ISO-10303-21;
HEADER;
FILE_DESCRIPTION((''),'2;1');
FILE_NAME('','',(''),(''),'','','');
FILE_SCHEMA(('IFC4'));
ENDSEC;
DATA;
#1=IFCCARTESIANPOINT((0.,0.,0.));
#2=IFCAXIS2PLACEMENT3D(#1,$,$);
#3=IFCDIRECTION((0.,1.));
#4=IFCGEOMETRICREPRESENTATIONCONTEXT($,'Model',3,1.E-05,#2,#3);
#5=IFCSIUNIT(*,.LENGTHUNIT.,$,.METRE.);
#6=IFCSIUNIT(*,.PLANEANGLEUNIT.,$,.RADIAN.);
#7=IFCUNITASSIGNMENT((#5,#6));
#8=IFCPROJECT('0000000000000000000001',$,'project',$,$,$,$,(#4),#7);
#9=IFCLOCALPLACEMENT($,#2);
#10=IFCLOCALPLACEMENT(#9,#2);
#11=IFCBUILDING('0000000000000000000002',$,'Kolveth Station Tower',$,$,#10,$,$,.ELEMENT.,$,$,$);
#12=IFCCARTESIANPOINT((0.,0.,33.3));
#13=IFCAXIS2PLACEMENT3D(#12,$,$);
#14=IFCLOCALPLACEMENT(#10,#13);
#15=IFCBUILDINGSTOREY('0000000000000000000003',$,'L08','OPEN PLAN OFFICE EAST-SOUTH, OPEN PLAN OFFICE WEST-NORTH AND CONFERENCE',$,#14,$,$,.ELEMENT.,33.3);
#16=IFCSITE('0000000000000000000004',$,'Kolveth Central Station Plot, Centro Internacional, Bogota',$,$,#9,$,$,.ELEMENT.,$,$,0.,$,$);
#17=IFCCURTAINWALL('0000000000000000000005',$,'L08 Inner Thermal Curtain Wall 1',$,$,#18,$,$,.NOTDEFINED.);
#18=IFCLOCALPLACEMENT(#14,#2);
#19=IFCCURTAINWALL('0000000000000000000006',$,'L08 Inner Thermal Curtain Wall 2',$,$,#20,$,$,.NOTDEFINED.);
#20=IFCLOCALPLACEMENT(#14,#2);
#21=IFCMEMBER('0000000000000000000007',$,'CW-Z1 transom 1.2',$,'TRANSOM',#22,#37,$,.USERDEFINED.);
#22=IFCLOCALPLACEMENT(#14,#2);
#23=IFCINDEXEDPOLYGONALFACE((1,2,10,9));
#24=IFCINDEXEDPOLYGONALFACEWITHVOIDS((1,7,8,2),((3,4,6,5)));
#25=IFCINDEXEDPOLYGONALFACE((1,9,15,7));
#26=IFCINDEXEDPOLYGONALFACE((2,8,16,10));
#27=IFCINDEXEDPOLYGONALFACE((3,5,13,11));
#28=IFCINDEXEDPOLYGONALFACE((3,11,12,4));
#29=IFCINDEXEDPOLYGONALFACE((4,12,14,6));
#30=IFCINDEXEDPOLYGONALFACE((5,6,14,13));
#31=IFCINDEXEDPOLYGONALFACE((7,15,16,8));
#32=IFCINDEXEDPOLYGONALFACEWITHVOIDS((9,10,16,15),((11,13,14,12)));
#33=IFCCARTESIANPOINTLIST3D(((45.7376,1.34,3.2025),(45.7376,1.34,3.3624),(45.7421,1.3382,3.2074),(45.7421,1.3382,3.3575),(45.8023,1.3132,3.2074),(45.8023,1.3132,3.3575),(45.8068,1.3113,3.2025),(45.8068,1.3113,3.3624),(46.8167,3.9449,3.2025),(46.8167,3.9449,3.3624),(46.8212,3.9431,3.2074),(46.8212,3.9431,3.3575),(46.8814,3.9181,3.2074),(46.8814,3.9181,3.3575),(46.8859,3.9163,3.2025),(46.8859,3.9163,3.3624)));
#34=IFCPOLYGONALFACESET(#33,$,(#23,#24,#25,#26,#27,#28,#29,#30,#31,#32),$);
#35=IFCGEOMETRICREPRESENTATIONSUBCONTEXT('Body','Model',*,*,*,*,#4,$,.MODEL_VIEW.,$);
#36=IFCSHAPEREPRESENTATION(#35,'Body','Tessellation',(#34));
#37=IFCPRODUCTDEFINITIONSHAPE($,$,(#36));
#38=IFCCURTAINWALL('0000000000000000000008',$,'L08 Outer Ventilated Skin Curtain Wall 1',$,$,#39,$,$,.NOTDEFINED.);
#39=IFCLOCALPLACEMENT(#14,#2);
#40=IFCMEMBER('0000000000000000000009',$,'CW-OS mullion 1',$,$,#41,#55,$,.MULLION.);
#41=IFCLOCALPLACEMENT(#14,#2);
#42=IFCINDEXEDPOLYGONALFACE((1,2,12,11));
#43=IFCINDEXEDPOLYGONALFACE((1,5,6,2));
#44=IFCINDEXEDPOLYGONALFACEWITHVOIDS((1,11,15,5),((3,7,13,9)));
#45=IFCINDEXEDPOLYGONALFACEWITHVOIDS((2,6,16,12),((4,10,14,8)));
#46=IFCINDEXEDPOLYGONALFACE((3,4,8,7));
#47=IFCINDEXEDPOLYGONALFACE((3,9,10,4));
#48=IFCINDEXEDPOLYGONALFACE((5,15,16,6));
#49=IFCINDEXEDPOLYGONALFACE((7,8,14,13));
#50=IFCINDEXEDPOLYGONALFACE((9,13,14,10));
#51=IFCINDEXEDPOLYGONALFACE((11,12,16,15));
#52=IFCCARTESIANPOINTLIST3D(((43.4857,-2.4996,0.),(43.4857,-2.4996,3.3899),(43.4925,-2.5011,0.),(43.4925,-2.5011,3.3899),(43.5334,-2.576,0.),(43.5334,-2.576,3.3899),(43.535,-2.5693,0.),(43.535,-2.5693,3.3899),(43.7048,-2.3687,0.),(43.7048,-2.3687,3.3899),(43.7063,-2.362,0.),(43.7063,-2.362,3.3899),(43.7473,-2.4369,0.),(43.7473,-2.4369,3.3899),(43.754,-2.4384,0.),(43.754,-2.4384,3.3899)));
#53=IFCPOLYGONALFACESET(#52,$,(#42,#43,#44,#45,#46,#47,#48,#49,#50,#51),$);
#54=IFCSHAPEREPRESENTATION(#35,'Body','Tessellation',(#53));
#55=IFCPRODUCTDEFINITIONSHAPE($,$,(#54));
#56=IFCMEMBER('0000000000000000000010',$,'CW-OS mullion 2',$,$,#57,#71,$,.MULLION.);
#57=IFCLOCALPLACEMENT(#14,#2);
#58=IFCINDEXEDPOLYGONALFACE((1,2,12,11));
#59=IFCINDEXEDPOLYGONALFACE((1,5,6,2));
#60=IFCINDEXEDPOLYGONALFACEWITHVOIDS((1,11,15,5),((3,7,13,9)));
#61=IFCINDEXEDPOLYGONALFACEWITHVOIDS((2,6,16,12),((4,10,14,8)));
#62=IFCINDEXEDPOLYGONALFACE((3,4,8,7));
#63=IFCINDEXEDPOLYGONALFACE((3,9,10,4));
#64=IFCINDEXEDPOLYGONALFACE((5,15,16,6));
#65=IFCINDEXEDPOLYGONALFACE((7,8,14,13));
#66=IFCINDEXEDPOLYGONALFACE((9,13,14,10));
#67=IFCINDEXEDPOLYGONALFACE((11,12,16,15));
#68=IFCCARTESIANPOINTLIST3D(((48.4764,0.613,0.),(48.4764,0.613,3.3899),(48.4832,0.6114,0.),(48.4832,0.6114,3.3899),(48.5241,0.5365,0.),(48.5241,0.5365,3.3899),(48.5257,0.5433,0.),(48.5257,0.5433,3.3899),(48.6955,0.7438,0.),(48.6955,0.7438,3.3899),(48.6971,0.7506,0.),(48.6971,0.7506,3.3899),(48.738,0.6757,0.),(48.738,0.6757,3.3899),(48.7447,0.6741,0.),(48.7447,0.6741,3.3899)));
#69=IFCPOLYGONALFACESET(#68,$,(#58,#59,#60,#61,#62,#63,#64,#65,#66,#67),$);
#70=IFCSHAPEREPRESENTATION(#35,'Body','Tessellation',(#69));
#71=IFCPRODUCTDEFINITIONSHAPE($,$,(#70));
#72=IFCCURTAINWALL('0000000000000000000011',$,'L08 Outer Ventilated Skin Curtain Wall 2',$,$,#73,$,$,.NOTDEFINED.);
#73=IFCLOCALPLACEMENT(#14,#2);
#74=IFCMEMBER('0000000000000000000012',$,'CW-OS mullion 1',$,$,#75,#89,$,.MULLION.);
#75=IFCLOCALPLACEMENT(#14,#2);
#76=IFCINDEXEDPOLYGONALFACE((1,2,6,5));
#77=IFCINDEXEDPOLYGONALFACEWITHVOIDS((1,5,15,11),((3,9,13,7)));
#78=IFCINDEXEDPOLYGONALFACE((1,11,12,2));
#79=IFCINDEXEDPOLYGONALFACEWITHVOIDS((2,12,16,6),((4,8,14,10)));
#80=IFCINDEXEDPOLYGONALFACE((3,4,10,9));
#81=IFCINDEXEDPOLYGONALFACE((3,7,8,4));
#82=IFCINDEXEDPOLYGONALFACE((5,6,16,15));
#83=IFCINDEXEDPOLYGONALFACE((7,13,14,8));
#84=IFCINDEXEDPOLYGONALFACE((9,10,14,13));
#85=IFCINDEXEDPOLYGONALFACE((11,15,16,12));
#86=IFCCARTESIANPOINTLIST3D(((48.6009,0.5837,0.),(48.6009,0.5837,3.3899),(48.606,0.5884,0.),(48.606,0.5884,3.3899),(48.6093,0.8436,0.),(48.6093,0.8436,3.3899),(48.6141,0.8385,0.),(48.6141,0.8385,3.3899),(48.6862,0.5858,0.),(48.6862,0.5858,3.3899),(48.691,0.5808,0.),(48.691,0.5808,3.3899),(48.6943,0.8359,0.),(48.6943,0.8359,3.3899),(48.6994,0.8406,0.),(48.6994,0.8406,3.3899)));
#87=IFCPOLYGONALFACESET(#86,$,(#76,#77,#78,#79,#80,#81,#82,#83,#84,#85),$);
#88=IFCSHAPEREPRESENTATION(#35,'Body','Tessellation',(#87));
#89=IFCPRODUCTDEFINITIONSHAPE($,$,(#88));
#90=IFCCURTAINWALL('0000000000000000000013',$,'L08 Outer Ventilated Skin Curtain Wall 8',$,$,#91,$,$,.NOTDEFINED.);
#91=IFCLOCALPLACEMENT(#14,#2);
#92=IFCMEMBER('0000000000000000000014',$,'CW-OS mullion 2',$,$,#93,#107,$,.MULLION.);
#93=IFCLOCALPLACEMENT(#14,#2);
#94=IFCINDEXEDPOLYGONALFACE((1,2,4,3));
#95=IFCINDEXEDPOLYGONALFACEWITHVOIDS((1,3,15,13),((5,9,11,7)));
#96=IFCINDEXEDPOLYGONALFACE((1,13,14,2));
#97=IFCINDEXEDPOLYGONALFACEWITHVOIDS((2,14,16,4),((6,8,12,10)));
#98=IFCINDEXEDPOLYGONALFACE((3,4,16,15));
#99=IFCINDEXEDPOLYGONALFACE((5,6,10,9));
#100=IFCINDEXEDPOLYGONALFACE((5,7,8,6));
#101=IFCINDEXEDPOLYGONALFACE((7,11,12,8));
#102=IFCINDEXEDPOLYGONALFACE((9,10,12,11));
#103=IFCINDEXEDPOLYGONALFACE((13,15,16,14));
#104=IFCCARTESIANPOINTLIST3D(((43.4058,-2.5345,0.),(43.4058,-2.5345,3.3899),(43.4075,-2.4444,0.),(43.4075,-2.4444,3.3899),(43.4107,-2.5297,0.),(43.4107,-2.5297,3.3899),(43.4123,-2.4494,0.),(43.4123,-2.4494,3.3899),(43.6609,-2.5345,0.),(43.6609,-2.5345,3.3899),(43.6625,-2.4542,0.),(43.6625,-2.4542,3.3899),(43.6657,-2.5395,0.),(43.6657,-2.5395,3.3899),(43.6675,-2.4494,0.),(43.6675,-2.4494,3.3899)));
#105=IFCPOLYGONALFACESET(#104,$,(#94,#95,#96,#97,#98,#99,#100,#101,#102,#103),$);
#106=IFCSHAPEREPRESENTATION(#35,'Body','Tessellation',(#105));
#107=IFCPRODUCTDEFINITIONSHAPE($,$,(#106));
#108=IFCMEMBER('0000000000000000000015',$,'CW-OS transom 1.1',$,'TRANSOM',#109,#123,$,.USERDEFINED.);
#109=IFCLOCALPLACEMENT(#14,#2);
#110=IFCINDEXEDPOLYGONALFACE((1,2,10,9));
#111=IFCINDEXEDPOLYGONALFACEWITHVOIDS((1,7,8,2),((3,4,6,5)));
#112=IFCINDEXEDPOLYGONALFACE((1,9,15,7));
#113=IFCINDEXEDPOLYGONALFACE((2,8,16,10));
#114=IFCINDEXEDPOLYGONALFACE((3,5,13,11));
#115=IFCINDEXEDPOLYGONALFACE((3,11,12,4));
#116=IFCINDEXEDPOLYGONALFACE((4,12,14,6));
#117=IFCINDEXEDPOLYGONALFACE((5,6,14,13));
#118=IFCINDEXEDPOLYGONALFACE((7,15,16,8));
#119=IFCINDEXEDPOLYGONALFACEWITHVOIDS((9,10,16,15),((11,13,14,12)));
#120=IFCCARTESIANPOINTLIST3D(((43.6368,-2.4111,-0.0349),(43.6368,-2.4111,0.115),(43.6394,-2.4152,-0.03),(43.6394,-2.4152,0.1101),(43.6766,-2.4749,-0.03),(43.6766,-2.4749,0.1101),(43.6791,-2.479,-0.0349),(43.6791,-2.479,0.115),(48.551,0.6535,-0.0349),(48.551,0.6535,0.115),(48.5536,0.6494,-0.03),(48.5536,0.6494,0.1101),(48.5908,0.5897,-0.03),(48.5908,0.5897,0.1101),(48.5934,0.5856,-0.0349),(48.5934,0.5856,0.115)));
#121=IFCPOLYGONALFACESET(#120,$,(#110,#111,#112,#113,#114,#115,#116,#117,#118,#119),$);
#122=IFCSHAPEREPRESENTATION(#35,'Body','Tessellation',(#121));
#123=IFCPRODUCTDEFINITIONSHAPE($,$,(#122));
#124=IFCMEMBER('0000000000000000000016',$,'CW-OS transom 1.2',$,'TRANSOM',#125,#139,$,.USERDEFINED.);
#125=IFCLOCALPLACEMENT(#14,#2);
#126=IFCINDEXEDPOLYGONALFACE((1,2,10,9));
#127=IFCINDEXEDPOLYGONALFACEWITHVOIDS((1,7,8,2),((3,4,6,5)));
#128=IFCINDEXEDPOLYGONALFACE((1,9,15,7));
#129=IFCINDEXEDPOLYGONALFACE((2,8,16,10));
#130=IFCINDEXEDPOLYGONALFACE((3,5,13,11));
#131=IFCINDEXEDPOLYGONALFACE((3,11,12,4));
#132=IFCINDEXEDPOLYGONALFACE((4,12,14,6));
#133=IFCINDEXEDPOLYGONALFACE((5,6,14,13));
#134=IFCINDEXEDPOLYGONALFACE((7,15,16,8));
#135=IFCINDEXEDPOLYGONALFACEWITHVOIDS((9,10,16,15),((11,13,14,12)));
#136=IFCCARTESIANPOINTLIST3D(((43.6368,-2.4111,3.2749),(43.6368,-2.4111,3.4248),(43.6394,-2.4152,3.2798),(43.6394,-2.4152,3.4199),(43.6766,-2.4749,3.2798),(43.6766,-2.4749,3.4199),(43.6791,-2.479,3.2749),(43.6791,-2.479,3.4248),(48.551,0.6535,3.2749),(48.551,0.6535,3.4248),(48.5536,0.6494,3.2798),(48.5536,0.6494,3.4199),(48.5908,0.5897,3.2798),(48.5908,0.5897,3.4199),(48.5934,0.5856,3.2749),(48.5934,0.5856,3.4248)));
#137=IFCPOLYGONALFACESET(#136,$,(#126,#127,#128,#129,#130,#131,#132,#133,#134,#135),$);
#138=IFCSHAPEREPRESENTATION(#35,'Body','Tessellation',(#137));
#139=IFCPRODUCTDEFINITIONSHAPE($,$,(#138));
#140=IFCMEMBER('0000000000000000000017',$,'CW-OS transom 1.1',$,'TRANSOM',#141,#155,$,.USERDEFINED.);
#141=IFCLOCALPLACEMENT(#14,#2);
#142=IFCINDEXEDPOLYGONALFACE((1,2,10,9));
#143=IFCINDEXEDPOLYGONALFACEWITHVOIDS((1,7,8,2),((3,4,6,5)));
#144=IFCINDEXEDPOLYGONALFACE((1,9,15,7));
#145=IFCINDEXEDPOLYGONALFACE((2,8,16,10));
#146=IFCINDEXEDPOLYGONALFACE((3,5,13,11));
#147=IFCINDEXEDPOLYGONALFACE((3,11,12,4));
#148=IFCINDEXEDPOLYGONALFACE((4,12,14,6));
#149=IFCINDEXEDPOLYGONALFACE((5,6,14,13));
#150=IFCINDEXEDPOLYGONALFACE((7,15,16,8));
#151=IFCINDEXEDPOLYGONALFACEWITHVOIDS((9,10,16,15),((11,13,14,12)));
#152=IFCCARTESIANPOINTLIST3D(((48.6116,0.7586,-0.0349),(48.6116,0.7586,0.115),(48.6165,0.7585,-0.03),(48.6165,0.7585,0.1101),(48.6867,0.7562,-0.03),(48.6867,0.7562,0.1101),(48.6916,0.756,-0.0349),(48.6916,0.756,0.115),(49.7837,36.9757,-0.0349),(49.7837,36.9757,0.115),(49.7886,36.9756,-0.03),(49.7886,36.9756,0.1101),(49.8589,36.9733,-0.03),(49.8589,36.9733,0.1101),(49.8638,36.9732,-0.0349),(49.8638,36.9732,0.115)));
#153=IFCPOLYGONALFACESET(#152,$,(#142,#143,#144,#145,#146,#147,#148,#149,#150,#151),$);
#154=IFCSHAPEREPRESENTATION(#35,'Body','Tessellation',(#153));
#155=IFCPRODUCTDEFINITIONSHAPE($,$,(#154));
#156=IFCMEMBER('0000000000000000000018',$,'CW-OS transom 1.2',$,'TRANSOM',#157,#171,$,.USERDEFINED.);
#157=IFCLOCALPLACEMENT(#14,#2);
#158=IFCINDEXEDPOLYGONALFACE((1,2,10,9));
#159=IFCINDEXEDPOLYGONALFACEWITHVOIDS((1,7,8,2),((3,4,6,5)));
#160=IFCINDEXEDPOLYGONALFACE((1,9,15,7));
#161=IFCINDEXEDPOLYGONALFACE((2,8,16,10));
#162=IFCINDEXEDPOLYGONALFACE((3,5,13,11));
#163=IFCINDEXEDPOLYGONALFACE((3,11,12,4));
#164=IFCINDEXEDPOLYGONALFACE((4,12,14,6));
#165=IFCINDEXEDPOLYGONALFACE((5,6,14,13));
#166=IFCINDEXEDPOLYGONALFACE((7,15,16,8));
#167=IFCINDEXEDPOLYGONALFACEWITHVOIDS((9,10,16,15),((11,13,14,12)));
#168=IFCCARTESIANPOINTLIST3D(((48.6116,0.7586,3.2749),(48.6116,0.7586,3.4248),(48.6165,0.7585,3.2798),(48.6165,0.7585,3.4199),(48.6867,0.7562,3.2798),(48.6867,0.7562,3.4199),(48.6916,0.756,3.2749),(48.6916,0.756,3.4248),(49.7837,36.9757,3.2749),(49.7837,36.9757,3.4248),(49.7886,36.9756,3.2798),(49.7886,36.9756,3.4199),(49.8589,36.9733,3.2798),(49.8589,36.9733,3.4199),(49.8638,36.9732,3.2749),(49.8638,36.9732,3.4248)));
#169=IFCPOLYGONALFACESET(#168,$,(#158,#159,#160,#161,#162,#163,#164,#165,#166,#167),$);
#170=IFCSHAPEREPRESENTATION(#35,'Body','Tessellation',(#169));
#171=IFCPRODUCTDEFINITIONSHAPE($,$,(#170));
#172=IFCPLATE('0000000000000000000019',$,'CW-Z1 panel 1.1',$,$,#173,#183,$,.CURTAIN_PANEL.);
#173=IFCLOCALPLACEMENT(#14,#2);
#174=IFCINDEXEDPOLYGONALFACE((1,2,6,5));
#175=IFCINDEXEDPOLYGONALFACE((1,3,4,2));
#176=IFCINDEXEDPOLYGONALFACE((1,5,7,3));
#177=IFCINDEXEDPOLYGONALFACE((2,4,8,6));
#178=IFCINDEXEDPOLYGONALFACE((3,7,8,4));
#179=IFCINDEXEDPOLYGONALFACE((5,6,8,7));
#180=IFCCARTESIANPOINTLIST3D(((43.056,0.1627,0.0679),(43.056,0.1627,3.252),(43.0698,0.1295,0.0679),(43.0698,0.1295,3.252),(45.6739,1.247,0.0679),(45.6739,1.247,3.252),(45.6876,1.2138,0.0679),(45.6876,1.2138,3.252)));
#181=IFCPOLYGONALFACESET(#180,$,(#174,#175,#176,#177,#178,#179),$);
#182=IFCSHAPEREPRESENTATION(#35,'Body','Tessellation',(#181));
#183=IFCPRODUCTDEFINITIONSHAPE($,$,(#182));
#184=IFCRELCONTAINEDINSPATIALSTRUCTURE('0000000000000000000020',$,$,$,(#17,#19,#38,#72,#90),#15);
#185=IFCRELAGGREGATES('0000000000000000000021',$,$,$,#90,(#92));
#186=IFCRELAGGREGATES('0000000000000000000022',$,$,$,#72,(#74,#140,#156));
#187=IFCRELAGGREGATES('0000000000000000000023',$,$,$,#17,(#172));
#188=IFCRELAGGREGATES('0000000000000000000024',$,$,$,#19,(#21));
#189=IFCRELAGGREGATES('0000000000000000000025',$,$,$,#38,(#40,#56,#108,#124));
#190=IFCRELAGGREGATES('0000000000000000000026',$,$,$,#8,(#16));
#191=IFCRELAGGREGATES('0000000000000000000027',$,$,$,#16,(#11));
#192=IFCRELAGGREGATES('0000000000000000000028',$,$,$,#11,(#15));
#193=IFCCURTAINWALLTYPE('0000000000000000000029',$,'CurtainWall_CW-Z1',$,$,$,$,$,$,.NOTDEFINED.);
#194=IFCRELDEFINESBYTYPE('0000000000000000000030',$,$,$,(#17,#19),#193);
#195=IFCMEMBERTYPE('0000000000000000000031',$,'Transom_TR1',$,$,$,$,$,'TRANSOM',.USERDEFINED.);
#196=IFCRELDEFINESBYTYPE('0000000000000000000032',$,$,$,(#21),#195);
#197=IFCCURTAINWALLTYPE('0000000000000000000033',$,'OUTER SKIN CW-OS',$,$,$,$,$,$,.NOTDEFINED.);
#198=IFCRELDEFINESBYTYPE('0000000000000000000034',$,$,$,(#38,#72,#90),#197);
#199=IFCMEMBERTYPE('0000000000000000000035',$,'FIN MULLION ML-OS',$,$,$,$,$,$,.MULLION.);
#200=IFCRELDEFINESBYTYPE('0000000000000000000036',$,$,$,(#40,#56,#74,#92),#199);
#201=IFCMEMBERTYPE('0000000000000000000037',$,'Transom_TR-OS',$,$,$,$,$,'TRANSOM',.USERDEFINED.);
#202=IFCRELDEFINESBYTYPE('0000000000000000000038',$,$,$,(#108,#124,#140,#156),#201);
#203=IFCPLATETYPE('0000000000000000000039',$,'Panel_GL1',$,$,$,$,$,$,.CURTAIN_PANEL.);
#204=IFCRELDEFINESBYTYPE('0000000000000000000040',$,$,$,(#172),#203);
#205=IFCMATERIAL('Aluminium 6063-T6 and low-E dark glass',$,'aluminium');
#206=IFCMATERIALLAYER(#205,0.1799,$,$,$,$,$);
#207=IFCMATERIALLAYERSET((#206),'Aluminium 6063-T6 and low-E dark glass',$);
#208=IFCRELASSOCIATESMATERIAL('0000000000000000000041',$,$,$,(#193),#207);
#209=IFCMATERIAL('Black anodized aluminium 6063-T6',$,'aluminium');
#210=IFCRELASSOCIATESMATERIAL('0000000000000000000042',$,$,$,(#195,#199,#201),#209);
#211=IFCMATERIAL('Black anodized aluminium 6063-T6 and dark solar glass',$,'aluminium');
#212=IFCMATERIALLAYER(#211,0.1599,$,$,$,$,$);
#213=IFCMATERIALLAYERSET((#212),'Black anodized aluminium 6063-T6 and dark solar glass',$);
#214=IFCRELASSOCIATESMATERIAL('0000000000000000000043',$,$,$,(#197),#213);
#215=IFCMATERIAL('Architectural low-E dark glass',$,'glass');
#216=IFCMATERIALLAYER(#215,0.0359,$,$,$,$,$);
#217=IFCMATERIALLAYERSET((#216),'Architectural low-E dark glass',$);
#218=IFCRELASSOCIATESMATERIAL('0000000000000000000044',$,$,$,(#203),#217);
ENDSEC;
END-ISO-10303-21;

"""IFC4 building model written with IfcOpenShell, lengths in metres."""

from ifc_helpers import new_model, si_unit, direction, frame, origin, origin_2d, place, context, subcontext, project, spatial, rectangle, hollow_rectangle, extrude, source, transform, mapped, material, layer, layer_set, material_profile, profile_set, type_object, element, aggregate, save


model = new_model("IFC4")

# Units and contexts
model_context = context("Model", 3, precision=1e-05, world=origin(), true_north=direction((0.0, 1.0)))
body_context = subcontext(model_context, "Body", "Model", "MODEL_VIEW")
ifc_project = project(units=[si_unit("LENGTHUNIT", "METRE"), si_unit("PLANEANGLEUNIT", "RADIAN")], contexts=[model_context])

# Site, building, storey
site_placement = place(None, origin())
site = spatial("IfcSite", under=ifc_project, at=site_placement, Name="Kolveth Central Station Plot, Centro Internacional, Bogota", CompositionType="ELEMENT", RefElevation=0.0)
building_placement = place(site_placement, origin())
building = spatial("IfcBuilding", under=site, at=building_placement, Name="Kolveth Station Tower", CompositionType="ELEMENT")
storey_placement = place(building_placement, frame((0.0, 0.0, 33.3)))
storey = spatial("IfcBuildingStorey", under=building, at=storey_placement, Name="L08", Description="OPEN PLAN OFFICE EAST-SOUTH, OPEN PLAN OFFICE WEST-NORTH AND CONFERENCE", CompositionType="ELEMENT", Elevation=33.3)

# Curtain walls
ifc_material_1 = material(Name="Aluminium 6063-T6 and low-E dark glass", Category="aluminium")
ifc_layer_1 = layer(ifc_material_1, 0.1799)
ifc_layer_set_1 = layer_set([ifc_layer_1], Name="Aluminium 6063-T6 and low-E dark glass")
curtain_wall_type_1 = type_object("IfcCurtainWallType", Name="CurtainWall_CW-Z1", PredefinedType="NOTDEFINED", material=ifc_layer_set_1)
curtain_wall_1_placement = place(storey_placement, origin())
curtain_wall_1 = element("IfcCurtainWall", 1, at=curtain_wall_1_placement, inside=storey, type_object=curtain_wall_type_1, Name="L08 Inner Thermal Curtain Wall 1", PredefinedType="NOTDEFINED")
ifc_material_2 = material(Name="Black anodized aluminium 6063-T6", Category="aluminium")
curtain_wall_2_placement = place(storey_placement, origin())
curtain_wall_2 = element("IfcCurtainWall", 2, at=curtain_wall_2_placement, inside=storey, type_object=curtain_wall_type_1, Name="L08 Inner Thermal Curtain Wall 2", PredefinedType="NOTDEFINED")

# Member
ifc_material_profile_1 = material_profile(ifc_material_2, hollow_rectangle(XDim=0.075, YDim=0.1599, WallThickness=0.0049, at=origin_2d()), Name="ALU-75x160x5")
ifc_profile_set_1 = profile_set([ifc_material_profile_1], Name="Black anodized aluminium 6063-T6")
member_type_1 = type_object("IfcMemberType", Name="Transom_TR1", ElementType="TRANSOM", PredefinedType="USERDEFINED", material=ifc_profile_set_1)
shared_shape_1 = source(origin(), body_context, "Body", "SweptSolid", [
    extrude(hollow_rectangle(XDim=0.075, YDim=0.1599, WallThickness=0.0049, at=origin_2d()), origin(), (0.0, 0.0, 1.0), 2.8196),
])
member_1_placement = place(storey_placement, frame((45.7722, 1.3257, 3.2825), z_axis=(0.382709, 0.923869, 0.0), x_axis=(-0.923869, 0.382709, 0.0)))
member_1 = element("IfcMember", 3, at=member_1_placement, type_object=member_type_1, Name="CW-Z1 transom 1.2", ObjectType="TRANSOM", PredefinedType="USERDEFINED", context=body_context, shape_type="MappedRepresentation", body=[
    mapped(shared_shape_1, transform((0.0, 0.0, 0.0), x_axis=(1.0, 0.0, 0.0), y_axis=(0.0, 1.0, 0.0), z_axis=(0.0, 0.0, 1.0), scale=1.0)),
])

# Curtain wall, members
ifc_material_3 = material(Name="Black anodized aluminium 6063-T6 and dark solar glass", Category="aluminium")
ifc_layer_2 = layer(ifc_material_3, 0.1599)
ifc_layer_set_2 = layer_set([ifc_layer_2], Name="Black anodized aluminium 6063-T6 and dark solar glass")
curtain_wall_type_2 = type_object("IfcCurtainWallType", Name="OUTER SKIN CW-OS", PredefinedType="NOTDEFINED", material=ifc_layer_set_2)
curtain_wall_3_placement = place(storey_placement, origin())
curtain_wall_3 = element("IfcCurtainWall", 4, at=curtain_wall_3_placement, inside=storey, type_object=curtain_wall_type_2, Name="L08 Outer Ventilated Skin Curtain Wall 1", PredefinedType="NOTDEFINED")
ifc_material_profile_2 = material_profile(ifc_material_2, hollow_rectangle(XDim=0.0901, YDim=0.26, WallThickness=0.0049, at=origin_2d()), Name="ALU-90x260x5")
ifc_profile_set_2 = profile_set([ifc_material_profile_2], Name="Black anodized aluminium 6063-T6")
member_type_2 = type_object("IfcMemberType", Name="FIN MULLION ML-OS", PredefinedType="MULLION", material=ifc_profile_set_2)
shared_shape_2 = source(origin(), body_context, "Body", "SweptSolid", [
    extrude(hollow_rectangle(XDim=0.0901, YDim=0.26, WallThickness=0.0049, at=origin_2d()), origin(), (0.0, 0.0, 1.0), 3.3899),
])
member_2_placement = place(storey_placement, frame((43.6199, -2.469, 0.0), z_axis=(0.0, 0.0, 1.0), x_axis=(-0.529183, 0.848508, 0.0)))
member_2 = element("IfcMember", 5, at=member_2_placement, type_object=member_type_2, Name="CW-OS mullion 1", PredefinedType="MULLION", context=body_context, shape_type="MappedRepresentation", body=[
    mapped(shared_shape_2, transform((0.0, 0.0, 0.0), x_axis=(1.0, 0.0, 0.0), y_axis=(0.0, 1.0, 0.0), z_axis=(0.0, 0.0, 1.0), scale=1.0)),
])
member_3_placement = place(storey_placement, frame((48.6106, 0.6436, 0.0), z_axis=(0.0, 0.0, 1.0), x_axis=(-0.529183, 0.848508, 0.0)))
member_3 = element("IfcMember", 6, at=member_3_placement, type_object=member_type_2, Name="CW-OS mullion 2", PredefinedType="MULLION", context=body_context, shape_type="MappedRepresentation", body=[
    mapped(shared_shape_2, transform((0.0, 0.0, 0.0), x_axis=(1.0, 0.0, 0.0), y_axis=(0.0, 1.0, 0.0), z_axis=(0.0, 0.0, 1.0), scale=1.0)),
])

# Curtain walls, members
curtain_wall_4_placement = place(storey_placement, origin())
curtain_wall_4 = element("IfcCurtainWall", 7, at=curtain_wall_4_placement, inside=storey, type_object=curtain_wall_type_2, Name="L08 Outer Ventilated Skin Curtain Wall 2", PredefinedType="NOTDEFINED")
member_4_placement = place(storey_placement, frame((48.6501, 0.7122, 0.0), z_axis=(0.0, 0.0, 1.0), x_axis=(-0.999477, 0.032348, 0.0)))
member_4 = element("IfcMember", 8, at=member_4_placement, type_object=member_type_2, Name="CW-OS mullion 1", PredefinedType="MULLION", context=body_context, shape_type="MappedRepresentation", body=[
    mapped(shared_shape_2, transform((0.0, 0.0, 0.0), x_axis=(1.0, 0.0, 0.0), y_axis=(0.0, 1.0, 0.0), z_axis=(0.0, 0.0, 1.0), scale=1.0)),
])
curtain_wall_5_placement = place(storey_placement, origin())
curtain_wall_5 = element("IfcCurtainWall", 9, at=curtain_wall_5_placement, inside=storey, type_object=curtain_wall_type_2, Name="L08 Outer Ventilated Skin Curtain Wall 8", PredefinedType="NOTDEFINED")
member_5_placement = place(storey_placement, frame((43.5366, -2.4919, 0.0), z_axis=(0.0, 0.0, 1.0), x_axis=(0.019366, 0.999812, 0.0)))
member_5 = element("IfcMember", 10, at=member_5_placement, type_object=member_type_2, Name="CW-OS mullion 2", PredefinedType="MULLION", context=body_context, shape_type="MappedRepresentation", body=[
    mapped(shared_shape_2, transform((0.0, 0.0, 0.0), x_axis=(1.0, 0.0, 0.0), y_axis=(0.0, 1.0, 0.0), z_axis=(0.0, 0.0, 1.0), scale=1.0)),
])
aggregate(curtain_wall_5, [member_5])

# Members
ifc_material_profile_3 = material_profile(ifc_material_2, hollow_rectangle(XDim=0.0801, YDim=0.1499, WallThickness=0.0049, at=origin_2d()), Name="ALU-80x150x5")
ifc_profile_set_3 = profile_set([ifc_material_profile_3], Name="Black anodized aluminium 6063-T6")
member_type_3 = type_object("IfcMemberType", Name="Transom_TR-OS", ElementType="TRANSOM", PredefinedType="USERDEFINED", material=ifc_profile_set_3)
shared_shape_3 = source(origin(), body_context, "Body", "SweptSolid", [
    extrude(hollow_rectangle(XDim=0.0801, YDim=0.1499, WallThickness=0.0049, at=origin_2d()), origin(), (0.0, 0.0, 1.0), 5.7915),
])
member_6_placement = place(storey_placement, frame((43.658, -2.4451, 0.04), z_axis=(0.848521, 0.529161, 0.0), x_axis=(-0.529161, 0.848521, 0.0)))
member_6 = element("IfcMember", 11, at=member_6_placement, type_object=member_type_3, Name="CW-OS transom 1.1", ObjectType="TRANSOM", PredefinedType="USERDEFINED", context=body_context, shape_type="MappedRepresentation", body=[
    mapped(shared_shape_3, transform((0.0, 0.0, 0.0), x_axis=(1.0, 0.0, 0.0), y_axis=(0.0, 1.0, 0.0), z_axis=(0.0, 0.0, 1.0), scale=1.0)),
])
member_7_placement = place(storey_placement, frame((43.658, -2.4451, 3.3499), z_axis=(0.848521, 0.529161, 0.0), x_axis=(-0.529161, 0.848521, 0.0)))
member_7 = element("IfcMember", 12, at=member_7_placement, type_object=member_type_3, Name="CW-OS transom 1.2", ObjectType="TRANSOM", PredefinedType="USERDEFINED", context=body_context, shape_type="MappedRepresentation", body=[
    mapped(shared_shape_3, transform((0.0, 0.0, 0.0), x_axis=(1.0, 0.0, 0.0), y_axis=(0.0, 1.0, 0.0), z_axis=(0.0, 0.0, 1.0), scale=1.0)),
])
shared_shape_4 = source(origin(), body_context, "Body", "SweptSolid", [
    extrude(hollow_rectangle(XDim=0.0801, YDim=0.1499, WallThickness=0.0049, at=origin_2d()), origin(), (0.0, 0.0, 1.0), 36.2361),
])
member_8_placement = place(storey_placement, frame((48.6516, 0.7573, 0.04), z_axis=(0.032347, 0.999477, 0.0), x_axis=(-0.999477, 0.032347, 0.0)))
member_8 = element("IfcMember", 13, at=member_8_placement, type_object=member_type_3, Name="CW-OS transom 1.1", ObjectType="TRANSOM", PredefinedType="USERDEFINED", context=body_context, shape_type="MappedRepresentation", body=[
    mapped(shared_shape_4, transform((0.0, 0.0, 0.0), x_axis=(1.0, 0.0, 0.0), y_axis=(0.0, 1.0, 0.0), z_axis=(0.0, 0.0, 1.0), scale=1.0)),
])
member_9_placement = place(storey_placement, frame((48.6516, 0.7573, 3.3499), z_axis=(0.032347, 0.999477, 0.0), x_axis=(-0.999477, 0.032347, 0.0)))
member_9 = element("IfcMember", 14, at=member_9_placement, type_object=member_type_3, Name="CW-OS transom 1.2", ObjectType="TRANSOM", PredefinedType="USERDEFINED", context=body_context, shape_type="MappedRepresentation", body=[
    mapped(shared_shape_4, transform((0.0, 0.0, 0.0), x_axis=(1.0, 0.0, 0.0), y_axis=(0.0, 1.0, 0.0), z_axis=(0.0, 0.0, 1.0), scale=1.0)),
])
aggregate(curtain_wall_4, [member_4, member_8, member_9])

# Plate
ifc_material_4 = material(Name="Architectural low-E dark glass", Category="glass")
ifc_layer_3 = layer(ifc_material_4, 0.0359)
ifc_layer_set_3 = layer_set([ifc_layer_3], Name="Architectural low-E dark glass")
plate_type_1 = type_object("IfcPlateType", Name="Panel_GL1", PredefinedType="CURTAIN_PANEL", material=ifc_layer_set_3)
shared_shape_5 = source(origin(), body_context, "Body", "SweptSolid", [
    extrude(rectangle(XDim=2.8335, YDim=0.0359, at=origin_2d()), origin(), (0.0, 0.0, 1.0), 3.1841),
])
plate_1_placement = place(storey_placement, frame((44.3718, 0.6882, 0.0679), z_axis=(0.0, 0.0, 1.0), x_axis=(0.923884, 0.382673, 0.0)))
plate_1 = element("IfcPlate", 15, at=plate_1_placement, type_object=plate_type_1, Name="CW-Z1 panel 1.1", PredefinedType="CURTAIN_PANEL", context=body_context, shape_type="MappedRepresentation", body=[
    mapped(shared_shape_5, transform((0.0, 0.0, 0.0), x_axis=(1.0, 0.0, 0.0), y_axis=(0.0, 1.0, 0.0), z_axis=(0.0, 0.0, 1.0), scale=1.0)),
])
aggregate(curtain_wall_1, [plate_1])
aggregate(curtain_wall_2, [member_1])
aggregate(curtain_wall_3, [member_2, member_3, member_6, member_7])

save(model, "model.ifc")
